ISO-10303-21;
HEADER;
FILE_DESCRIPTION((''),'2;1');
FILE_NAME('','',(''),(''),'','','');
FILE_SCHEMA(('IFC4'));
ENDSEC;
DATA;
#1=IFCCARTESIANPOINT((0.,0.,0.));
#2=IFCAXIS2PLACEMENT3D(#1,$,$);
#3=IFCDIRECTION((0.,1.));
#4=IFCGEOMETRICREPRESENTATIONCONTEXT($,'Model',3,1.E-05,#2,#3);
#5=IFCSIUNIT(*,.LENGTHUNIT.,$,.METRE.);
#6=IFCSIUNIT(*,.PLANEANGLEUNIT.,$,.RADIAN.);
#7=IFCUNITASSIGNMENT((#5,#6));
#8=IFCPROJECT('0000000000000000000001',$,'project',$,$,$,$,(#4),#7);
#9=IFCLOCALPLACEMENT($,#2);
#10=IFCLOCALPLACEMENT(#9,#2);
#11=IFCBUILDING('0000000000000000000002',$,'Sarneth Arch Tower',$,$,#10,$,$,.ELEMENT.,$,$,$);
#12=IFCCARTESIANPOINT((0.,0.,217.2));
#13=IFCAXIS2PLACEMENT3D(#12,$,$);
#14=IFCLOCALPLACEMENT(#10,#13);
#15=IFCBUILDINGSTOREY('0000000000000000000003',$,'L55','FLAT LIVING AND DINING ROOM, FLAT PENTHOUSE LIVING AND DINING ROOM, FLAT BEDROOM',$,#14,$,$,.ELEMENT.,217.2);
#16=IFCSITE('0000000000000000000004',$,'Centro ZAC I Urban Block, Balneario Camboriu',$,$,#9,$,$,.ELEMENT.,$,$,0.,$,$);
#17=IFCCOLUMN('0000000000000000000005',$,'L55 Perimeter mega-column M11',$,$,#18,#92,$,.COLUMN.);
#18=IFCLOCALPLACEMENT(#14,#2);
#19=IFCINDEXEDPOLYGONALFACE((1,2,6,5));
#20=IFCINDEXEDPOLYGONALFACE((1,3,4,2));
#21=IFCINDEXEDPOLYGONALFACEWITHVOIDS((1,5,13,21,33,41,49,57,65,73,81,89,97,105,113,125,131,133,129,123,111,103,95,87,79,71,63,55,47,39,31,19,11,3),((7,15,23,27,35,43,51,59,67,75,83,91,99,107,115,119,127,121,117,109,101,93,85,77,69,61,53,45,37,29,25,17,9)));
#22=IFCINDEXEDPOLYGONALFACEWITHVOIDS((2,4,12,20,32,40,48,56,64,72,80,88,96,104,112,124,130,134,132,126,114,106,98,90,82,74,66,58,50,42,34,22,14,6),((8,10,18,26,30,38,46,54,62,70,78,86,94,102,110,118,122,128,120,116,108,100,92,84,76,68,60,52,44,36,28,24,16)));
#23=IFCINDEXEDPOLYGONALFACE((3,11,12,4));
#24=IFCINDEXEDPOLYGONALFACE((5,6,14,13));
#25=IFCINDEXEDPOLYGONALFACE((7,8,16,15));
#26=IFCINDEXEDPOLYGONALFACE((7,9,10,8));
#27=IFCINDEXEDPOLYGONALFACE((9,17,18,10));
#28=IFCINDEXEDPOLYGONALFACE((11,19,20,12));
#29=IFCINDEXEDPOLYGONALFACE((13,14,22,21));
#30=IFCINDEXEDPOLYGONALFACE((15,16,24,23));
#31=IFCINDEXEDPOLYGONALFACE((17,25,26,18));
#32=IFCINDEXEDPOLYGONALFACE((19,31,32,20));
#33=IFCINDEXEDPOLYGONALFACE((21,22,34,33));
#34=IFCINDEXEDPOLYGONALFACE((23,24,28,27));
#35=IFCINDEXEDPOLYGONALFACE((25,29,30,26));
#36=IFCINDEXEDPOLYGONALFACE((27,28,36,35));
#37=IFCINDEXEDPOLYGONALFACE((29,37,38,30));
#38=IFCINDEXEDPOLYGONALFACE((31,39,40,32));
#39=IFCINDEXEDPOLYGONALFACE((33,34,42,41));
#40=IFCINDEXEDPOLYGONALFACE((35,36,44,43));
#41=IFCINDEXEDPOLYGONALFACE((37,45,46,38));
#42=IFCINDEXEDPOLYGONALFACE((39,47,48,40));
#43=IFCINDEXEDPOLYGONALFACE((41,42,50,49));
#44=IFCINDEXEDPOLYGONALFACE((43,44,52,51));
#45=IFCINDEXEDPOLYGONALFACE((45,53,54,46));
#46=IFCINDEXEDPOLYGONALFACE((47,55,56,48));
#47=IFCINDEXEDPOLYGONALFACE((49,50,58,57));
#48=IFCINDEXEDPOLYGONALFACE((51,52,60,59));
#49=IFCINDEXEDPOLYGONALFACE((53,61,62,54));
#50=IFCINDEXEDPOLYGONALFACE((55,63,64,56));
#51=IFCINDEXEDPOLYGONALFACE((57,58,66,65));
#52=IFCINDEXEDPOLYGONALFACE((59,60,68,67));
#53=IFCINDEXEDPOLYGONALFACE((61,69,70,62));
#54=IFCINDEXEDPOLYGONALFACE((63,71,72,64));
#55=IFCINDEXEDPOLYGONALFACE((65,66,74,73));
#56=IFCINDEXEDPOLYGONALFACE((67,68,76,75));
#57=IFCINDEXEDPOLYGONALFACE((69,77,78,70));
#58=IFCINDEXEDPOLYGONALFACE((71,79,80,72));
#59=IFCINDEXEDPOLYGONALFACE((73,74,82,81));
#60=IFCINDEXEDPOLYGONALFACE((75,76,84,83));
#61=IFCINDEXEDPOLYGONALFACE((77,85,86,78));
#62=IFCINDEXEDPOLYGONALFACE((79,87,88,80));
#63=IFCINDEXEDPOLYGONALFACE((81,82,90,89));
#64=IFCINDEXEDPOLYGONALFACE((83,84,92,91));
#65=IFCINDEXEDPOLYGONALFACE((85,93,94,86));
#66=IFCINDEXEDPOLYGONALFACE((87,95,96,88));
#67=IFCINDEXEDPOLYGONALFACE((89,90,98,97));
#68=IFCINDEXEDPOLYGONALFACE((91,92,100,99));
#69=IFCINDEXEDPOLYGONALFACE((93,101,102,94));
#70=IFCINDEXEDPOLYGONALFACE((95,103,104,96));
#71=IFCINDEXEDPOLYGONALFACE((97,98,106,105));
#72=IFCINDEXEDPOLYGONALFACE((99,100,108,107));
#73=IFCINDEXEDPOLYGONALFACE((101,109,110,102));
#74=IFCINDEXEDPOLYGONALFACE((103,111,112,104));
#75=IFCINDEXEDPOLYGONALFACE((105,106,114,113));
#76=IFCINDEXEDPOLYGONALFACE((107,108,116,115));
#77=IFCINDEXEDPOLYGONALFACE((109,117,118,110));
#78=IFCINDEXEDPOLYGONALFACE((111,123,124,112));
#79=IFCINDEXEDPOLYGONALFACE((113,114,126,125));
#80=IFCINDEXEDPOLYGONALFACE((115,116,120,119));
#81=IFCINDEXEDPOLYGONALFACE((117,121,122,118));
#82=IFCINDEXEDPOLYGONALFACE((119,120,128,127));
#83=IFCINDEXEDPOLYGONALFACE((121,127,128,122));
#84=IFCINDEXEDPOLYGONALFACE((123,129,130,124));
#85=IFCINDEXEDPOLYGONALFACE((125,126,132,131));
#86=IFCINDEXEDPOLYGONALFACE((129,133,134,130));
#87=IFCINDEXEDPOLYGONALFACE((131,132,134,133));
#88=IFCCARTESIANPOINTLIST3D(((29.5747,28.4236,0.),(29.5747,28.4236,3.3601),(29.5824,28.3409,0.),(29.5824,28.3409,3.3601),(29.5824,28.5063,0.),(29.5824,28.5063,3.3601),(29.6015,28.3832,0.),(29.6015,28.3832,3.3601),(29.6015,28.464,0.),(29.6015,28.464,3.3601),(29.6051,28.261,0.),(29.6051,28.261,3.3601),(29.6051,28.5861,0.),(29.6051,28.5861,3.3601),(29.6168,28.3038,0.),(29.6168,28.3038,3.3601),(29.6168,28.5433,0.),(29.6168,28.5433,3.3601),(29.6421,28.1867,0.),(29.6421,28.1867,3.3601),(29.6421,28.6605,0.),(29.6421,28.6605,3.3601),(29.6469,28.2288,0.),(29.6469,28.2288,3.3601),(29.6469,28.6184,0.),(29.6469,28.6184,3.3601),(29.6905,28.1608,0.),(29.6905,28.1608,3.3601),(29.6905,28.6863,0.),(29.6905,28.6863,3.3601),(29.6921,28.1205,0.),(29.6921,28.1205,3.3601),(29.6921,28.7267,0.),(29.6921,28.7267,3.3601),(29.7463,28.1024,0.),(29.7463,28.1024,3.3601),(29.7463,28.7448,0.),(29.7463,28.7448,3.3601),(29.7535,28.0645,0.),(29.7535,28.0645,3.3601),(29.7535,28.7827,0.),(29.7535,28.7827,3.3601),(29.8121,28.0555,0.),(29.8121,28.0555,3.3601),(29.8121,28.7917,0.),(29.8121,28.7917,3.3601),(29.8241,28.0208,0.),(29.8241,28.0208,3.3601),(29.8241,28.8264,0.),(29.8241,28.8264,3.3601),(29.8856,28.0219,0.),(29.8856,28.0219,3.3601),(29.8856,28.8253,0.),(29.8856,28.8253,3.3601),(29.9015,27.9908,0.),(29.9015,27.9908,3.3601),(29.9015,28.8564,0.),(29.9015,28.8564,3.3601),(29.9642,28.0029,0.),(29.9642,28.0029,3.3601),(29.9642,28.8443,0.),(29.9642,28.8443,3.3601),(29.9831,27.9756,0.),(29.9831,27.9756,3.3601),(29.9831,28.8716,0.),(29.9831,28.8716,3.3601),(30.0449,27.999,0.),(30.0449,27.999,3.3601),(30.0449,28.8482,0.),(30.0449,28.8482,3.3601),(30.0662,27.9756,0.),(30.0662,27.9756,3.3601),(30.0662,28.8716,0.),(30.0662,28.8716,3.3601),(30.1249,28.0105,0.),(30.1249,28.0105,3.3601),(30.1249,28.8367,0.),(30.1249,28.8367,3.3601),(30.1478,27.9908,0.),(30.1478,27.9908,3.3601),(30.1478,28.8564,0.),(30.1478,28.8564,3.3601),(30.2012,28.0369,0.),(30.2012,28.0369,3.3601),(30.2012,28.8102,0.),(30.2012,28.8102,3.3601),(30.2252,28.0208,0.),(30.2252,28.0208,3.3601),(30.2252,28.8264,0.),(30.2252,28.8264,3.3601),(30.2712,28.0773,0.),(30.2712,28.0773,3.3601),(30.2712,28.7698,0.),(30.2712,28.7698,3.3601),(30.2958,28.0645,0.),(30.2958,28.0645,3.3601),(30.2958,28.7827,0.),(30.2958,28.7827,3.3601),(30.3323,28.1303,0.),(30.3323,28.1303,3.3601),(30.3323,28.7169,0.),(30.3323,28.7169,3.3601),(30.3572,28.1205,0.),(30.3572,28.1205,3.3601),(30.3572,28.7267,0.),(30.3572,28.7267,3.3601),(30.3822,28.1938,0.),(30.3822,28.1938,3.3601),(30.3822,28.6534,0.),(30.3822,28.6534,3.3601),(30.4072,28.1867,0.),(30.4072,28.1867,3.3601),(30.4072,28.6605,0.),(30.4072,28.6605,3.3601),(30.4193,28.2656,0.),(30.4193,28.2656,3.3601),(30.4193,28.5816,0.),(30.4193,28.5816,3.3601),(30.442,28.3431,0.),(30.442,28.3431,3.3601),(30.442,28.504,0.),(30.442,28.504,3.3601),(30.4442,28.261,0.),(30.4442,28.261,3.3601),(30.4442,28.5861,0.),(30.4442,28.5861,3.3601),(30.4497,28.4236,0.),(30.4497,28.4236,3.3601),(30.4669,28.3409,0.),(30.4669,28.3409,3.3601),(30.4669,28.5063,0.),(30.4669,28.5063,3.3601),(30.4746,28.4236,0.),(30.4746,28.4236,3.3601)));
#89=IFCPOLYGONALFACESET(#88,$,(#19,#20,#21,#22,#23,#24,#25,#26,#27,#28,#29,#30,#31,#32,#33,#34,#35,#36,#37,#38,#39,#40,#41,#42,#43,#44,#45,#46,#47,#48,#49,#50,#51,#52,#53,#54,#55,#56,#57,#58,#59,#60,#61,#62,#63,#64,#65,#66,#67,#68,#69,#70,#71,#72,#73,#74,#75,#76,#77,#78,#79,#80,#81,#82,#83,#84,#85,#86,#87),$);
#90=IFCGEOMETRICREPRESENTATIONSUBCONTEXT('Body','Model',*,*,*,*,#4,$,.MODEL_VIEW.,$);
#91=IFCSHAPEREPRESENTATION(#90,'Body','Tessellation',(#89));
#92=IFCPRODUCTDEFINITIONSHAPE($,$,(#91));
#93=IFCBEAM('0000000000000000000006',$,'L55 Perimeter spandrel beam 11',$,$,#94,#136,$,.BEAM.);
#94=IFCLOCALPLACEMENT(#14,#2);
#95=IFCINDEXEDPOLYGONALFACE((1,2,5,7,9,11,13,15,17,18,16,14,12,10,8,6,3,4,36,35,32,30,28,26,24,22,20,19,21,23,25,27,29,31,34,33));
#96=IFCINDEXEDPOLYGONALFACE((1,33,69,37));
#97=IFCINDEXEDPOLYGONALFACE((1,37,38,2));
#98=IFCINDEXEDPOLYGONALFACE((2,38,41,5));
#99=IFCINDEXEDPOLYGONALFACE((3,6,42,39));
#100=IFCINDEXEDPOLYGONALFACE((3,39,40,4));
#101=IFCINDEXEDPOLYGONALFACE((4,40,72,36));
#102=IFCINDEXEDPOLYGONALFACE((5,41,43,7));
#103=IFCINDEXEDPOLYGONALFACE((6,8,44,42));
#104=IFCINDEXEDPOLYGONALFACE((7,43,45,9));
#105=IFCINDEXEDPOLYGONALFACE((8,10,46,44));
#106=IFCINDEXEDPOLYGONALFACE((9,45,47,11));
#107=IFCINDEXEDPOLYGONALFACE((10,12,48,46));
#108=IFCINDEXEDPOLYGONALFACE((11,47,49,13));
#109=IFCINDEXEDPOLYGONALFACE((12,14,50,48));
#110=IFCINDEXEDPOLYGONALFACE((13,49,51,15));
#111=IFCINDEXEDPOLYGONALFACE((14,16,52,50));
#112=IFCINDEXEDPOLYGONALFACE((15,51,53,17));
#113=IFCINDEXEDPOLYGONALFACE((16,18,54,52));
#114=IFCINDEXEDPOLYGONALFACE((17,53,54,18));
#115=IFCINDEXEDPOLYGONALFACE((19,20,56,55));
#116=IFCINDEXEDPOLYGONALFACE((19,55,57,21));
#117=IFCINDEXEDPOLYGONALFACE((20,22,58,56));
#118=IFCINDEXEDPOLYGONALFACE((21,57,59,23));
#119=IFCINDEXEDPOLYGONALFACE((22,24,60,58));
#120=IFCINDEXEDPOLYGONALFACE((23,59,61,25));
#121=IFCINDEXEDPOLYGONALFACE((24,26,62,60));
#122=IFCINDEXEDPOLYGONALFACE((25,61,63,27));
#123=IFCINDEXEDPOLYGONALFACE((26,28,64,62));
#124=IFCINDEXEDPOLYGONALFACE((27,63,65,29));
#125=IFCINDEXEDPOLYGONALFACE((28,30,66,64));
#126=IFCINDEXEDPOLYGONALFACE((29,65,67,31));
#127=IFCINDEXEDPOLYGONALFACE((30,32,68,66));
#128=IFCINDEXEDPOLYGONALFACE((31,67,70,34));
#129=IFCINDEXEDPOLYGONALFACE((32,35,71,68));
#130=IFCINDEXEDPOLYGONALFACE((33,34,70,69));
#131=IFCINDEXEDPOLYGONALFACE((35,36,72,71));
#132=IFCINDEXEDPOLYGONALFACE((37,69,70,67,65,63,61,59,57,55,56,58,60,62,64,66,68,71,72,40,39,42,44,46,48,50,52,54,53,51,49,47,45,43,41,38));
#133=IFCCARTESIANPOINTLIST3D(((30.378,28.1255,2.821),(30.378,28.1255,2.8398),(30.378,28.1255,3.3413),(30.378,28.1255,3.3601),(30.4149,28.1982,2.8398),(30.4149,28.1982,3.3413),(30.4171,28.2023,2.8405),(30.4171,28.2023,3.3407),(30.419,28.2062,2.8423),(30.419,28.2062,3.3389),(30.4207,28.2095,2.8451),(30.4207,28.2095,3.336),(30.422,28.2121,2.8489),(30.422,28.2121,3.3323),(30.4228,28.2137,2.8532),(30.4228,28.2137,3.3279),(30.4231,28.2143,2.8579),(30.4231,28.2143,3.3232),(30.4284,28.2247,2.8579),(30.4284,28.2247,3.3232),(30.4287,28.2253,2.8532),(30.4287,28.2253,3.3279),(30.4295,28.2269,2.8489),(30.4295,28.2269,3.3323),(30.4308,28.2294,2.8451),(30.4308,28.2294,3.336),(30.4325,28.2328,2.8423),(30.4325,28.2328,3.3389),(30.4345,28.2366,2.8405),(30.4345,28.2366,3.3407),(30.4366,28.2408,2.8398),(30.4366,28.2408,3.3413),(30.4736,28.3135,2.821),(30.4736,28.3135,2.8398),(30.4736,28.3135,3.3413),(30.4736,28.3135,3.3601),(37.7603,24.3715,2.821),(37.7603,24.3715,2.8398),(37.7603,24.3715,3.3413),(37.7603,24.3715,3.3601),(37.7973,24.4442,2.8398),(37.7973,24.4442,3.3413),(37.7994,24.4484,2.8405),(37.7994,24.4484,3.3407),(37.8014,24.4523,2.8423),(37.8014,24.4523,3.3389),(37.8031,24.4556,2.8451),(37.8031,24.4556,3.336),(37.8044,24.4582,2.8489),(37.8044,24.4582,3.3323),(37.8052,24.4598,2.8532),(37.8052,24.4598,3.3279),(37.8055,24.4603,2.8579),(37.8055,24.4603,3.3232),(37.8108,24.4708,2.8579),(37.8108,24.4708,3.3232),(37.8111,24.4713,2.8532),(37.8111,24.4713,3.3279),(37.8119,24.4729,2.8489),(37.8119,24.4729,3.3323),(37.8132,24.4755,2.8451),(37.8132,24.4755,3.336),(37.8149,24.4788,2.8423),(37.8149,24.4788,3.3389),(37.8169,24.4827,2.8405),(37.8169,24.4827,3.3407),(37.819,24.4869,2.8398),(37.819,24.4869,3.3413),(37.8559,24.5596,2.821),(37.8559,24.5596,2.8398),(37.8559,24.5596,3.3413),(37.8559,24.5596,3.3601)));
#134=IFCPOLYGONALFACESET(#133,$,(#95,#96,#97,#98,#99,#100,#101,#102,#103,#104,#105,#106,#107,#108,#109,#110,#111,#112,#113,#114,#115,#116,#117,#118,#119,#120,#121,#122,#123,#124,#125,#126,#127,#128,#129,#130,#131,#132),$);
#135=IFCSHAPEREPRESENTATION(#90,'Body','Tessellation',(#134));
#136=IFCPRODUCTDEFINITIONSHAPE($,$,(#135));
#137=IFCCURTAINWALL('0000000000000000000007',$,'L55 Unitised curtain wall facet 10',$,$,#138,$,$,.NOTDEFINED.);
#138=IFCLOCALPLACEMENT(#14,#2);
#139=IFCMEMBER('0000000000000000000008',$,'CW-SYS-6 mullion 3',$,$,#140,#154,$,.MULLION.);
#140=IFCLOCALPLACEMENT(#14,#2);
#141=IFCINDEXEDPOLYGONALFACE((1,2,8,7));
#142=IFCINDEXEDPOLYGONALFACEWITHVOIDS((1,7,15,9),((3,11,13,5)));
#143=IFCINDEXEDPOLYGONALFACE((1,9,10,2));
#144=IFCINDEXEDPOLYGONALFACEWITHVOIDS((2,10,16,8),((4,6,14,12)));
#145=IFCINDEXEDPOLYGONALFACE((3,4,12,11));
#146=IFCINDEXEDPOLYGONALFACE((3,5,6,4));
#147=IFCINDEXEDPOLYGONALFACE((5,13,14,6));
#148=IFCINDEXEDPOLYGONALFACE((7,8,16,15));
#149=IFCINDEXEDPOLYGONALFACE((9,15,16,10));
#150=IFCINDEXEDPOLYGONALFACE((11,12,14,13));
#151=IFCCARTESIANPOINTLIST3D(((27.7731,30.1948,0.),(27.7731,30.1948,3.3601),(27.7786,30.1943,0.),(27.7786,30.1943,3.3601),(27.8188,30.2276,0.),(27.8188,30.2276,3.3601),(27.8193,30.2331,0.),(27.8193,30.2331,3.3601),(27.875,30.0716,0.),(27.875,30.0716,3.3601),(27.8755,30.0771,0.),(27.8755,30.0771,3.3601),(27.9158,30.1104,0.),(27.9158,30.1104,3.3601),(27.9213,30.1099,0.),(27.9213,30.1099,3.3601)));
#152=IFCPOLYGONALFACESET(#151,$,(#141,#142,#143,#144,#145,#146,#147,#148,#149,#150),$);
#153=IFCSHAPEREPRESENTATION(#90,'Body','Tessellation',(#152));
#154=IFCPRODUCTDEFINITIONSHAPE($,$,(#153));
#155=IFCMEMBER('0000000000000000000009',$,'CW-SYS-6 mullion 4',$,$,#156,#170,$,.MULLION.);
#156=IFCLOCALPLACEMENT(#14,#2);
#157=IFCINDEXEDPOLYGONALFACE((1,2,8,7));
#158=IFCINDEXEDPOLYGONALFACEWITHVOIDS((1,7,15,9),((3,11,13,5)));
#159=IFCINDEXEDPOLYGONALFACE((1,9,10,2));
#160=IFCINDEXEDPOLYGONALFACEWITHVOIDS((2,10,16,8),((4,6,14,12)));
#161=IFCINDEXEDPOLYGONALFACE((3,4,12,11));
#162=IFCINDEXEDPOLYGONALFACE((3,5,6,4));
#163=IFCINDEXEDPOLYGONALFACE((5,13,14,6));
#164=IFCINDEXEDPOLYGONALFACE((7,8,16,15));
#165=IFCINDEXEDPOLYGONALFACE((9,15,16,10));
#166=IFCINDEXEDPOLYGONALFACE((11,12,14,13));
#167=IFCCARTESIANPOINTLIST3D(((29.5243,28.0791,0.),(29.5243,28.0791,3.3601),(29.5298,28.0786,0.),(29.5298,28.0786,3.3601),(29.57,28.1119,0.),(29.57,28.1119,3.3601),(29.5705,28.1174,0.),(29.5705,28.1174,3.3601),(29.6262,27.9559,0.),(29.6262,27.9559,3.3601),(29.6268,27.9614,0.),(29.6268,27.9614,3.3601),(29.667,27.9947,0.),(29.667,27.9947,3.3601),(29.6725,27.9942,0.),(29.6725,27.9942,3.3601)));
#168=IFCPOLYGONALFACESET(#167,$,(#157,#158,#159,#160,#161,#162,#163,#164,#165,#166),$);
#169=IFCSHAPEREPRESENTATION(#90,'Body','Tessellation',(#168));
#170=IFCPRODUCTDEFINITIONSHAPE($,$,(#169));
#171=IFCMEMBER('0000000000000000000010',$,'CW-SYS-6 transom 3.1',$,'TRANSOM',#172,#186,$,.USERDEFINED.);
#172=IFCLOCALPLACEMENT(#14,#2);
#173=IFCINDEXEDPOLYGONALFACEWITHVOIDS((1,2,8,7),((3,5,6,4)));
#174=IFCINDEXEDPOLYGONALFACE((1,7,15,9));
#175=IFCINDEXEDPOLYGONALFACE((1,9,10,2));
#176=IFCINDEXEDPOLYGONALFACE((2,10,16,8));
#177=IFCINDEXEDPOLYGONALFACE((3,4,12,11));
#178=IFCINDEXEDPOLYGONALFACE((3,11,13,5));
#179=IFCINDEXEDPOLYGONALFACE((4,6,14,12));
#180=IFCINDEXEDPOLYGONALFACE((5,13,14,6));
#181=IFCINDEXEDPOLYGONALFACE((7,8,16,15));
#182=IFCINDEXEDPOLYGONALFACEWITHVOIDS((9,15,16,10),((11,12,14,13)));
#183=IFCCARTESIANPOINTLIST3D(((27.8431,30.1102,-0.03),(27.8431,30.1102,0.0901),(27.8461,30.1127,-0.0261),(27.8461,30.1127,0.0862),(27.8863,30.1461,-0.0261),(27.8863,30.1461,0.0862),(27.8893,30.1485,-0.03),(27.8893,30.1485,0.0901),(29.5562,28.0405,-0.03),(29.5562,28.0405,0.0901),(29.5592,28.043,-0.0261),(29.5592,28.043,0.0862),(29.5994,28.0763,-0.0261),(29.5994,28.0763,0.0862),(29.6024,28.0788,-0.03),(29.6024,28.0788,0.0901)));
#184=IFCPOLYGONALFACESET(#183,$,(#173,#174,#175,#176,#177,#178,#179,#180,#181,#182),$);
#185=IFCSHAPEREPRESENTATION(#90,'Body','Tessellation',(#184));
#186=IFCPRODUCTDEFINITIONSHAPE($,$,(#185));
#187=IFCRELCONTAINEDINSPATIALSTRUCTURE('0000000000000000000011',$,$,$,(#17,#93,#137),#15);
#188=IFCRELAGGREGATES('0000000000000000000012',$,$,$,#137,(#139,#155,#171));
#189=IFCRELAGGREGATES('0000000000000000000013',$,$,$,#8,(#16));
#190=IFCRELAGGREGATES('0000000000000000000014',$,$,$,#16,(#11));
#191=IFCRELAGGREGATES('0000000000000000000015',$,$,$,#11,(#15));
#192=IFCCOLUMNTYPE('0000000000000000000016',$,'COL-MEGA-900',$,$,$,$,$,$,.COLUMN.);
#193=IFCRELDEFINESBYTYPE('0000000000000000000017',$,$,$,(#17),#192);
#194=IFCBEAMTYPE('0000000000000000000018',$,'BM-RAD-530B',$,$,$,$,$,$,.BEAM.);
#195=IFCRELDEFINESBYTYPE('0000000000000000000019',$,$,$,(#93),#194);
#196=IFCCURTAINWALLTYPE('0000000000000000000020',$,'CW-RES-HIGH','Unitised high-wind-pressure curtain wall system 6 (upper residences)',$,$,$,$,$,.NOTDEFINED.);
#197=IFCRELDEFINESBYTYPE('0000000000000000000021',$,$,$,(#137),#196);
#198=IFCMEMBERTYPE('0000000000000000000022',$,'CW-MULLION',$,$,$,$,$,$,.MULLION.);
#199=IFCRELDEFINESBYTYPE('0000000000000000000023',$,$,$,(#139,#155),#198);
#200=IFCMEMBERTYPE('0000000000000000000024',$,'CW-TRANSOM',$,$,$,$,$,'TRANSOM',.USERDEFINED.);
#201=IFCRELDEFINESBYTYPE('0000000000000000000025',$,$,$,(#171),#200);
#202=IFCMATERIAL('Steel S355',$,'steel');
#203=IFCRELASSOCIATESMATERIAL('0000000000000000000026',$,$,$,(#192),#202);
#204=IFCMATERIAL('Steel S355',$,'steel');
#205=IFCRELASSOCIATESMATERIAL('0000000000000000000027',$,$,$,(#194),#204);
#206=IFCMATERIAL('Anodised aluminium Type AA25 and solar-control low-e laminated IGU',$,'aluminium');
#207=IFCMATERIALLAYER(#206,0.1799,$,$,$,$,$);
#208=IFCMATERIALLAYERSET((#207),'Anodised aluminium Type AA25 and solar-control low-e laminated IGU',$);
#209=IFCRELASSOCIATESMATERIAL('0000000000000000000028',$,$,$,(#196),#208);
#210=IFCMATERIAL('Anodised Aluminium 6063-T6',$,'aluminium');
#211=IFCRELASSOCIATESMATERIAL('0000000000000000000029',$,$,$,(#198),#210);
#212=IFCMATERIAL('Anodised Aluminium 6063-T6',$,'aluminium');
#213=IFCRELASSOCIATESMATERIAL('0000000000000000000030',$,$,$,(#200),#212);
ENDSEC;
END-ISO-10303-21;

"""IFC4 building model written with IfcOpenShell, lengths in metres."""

from ifc_helpers import new_model, si_unit, direction, frame, origin, origin_2d, place, context, subcontext, project, spatial, hollow_rectangle, hollow_circle, i_section, extrude, material, layer, layer_set, material_profile, profile_set, type_object, element, aggregate, save


model = new_model("IFC4")

# Units and contexts
model_context = context("Model", 3, precision=1e-05, world=origin(), true_north=direction((0.0, 1.0)))
body_context = subcontext(model_context, "Body", "Model", "MODEL_VIEW")
ifc_project = project(units=[si_unit("LENGTHUNIT", "METRE"), si_unit("PLANEANGLEUNIT", "RADIAN")], contexts=[model_context])

# Site, building, storey
site_placement = place(None, origin())
site = spatial("IfcSite", under=ifc_project, at=site_placement, Name="Centro ZAC I Urban Block, Balneario Camboriu", CompositionType="ELEMENT", RefElevation=0.0)
building_placement = place(site_placement, origin())
building = spatial("IfcBuilding", under=site, at=building_placement, Name="Sarneth Arch Tower", CompositionType="ELEMENT")
storey_placement = place(building_placement, frame((0.0, 0.0, 217.2)))
storey = spatial("IfcBuildingStorey", under=building, at=storey_placement, Name="L55", Description="FLAT LIVING AND DINING ROOM, FLAT PENTHOUSE LIVING AND DINING ROOM, FLAT BEDROOM", CompositionType="ELEMENT", Elevation=217.2)

# Column
ifc_material_1 = material(Name="Steel S355", Category="steel")
ifc_material_profile_1 = material_profile(ifc_material_1, hollow_circle(Radius=0.45, WallThickness=0.0249, at=origin_2d()), Name="CHS900x25")
ifc_profile_set_1 = profile_set([ifc_material_profile_1], Name="Steel S355")
column_type = type_object("IfcColumnType", Name="COL-MEGA-900", PredefinedType="COLUMN", material=ifc_profile_set_1)
column_placement = place(storey_placement, frame((30.0247, 28.4236, 0.0), z_axis=(0.0, 0.0, 1.0), x_axis=(1.0, 0.0, 0.0)))
element("IfcColumn", 1, at=column_placement, inside=storey, type_object=column_type, Name="L55 Perimeter mega-column M11", PredefinedType="COLUMN", context=body_context, shape_type="SweptSolid", body=[
    extrude(hollow_circle(Radius=0.45, WallThickness=0.0249, at=origin_2d()), origin(), (0.0, 0.0, 1.0), 3.3601),
])

# Beam
ifc_material_2 = material(Name="Steel S355", Category="steel")
ifc_material_profile_2 = material_profile(ifc_material_2, i_section(OverallWidth=0.2109, OverallDepth=0.5391, WebThickness=0.0117, FlangeThickness=0.0188, FilletRadius=0.0181, at=origin_2d()), Name="W530x109")
ifc_profile_set_2 = profile_set([ifc_material_profile_2], Name="Steel S355")
beam_type = type_object("IfcBeamType", Name="BM-RAD-530B", PredefinedType="BEAM", material=ifc_profile_set_2)
beam_placement = place(storey_placement, frame((30.4258, 28.2195, 3.0906), z_axis=(0.891376, -0.453264, 0.0), x_axis=(0.453264, 0.891376, 0.0)))
element("IfcBeam", 2, at=beam_placement, inside=storey, type_object=beam_type, Name="L55 Perimeter spandrel beam 11", PredefinedType="BEAM", context=body_context, shape_type="SweptSolid", body=[
    extrude(i_section(OverallWidth=0.2109, OverallDepth=0.5391, WebThickness=0.0117, FlangeThickness=0.0188, FilletRadius=0.0181, at=origin_2d()), origin(), (0.0, 0.0, 1.0), 8.282),
])

# Curtain wall, members
ifc_material_3 = material(Name="Anodised aluminium Type AA25 and solar-control low-e laminated IGU", Category="aluminium")
ifc_layer_1 = layer(ifc_material_3, 0.1799)
ifc_layer_set_1 = layer_set([ifc_layer_1], Name="Anodised aluminium Type AA25 and solar-control low-e laminated IGU")
curtain_wall_type = type_object("IfcCurtainWallType", Name="CW-RES-HIGH", Description="Unitised high-wind-pressure curtain wall system 6 (upper residences)", PredefinedType="NOTDEFINED", material=ifc_layer_set_1)
curtain_wall_placement = place(storey_placement, origin())
curtain_wall = element("IfcCurtainWall", 3, at=curtain_wall_placement, inside=storey, type_object=curtain_wall_type, Name="L55 Unitised curtain wall facet 10", PredefinedType="NOTDEFINED")
ifc_material_4 = material(Name="Anodised Aluminium 6063-T6", Category="aluminium")
ifc_material_profile_3 = material_profile(ifc_material_4, hollow_rectangle(XDim=0.0601, YDim=0.1599, WallThickness=0.0039, at=origin_2d()), Name="AL-MULL-160x60x4")
ifc_profile_set_3 = profile_set([ifc_material_profile_3], Name="Anodised Aluminium 6063-T6")
member_type_1 = type_object("IfcMemberType", Name="CW-MULLION", PredefinedType="MULLION", material=ifc_profile_set_3)
member_1_placement = place(storey_placement, frame((27.8472, 30.1523, 0.0), z_axis=(0.0, 0.0, 1.0), x_axis=(0.770359, 0.63761, 0.0)))
member_1 = element("IfcMember", 4, at=member_1_placement, type_object=member_type_1, Name="CW-SYS-6 mullion 3", PredefinedType="MULLION", context=body_context, shape_type="SweptSolid", body=[
    extrude(hollow_rectangle(XDim=0.0601, YDim=0.1599, WallThickness=0.0039, at=origin_2d()), origin(), (0.0, 0.0, 1.0), 3.3601),
])
member_2_placement = place(storey_placement, frame((29.5984, 28.0366, 0.0), z_axis=(0.0, 0.0, 1.0), x_axis=(0.770359, 0.63761, 0.0)))
member_2 = element("IfcMember", 5, at=member_2_placement, type_object=member_type_1, Name="CW-SYS-6 mullion 4", PredefinedType="MULLION", context=body_context, shape_type="SweptSolid", body=[
    extrude(hollow_rectangle(XDim=0.0601, YDim=0.1599, WallThickness=0.0039, at=origin_2d()), origin(), (0.0, 0.0, 1.0), 3.3601),
])
ifc_material_5 = material(Name="Anodised Aluminium 6063-T6", Category="aluminium")
ifc_material_profile_4 = material_profile(ifc_material_5, hollow_rectangle(XDim=0.0601, YDim=0.1201, WallThickness=0.0039, at=origin_2d()), Name="AL-TRAN-120x60x4")
ifc_profile_set_4 = profile_set([ifc_material_profile_4], Name="Anodised Aluminium 6063-T6")
member_type_2 = type_object("IfcMemberType", Name="CW-TRANSOM", ElementType="TRANSOM", PredefinedType="USERDEFINED", material=ifc_profile_set_4)
member_3_placement = place(storey_placement, frame((27.8662, 30.1294, 0.03), z_axis=(0.637607, -0.770362, 0.0), x_axis=(0.770362, 0.637607, 0.0)))
member_3 = element("IfcMember", 6, at=member_3_placement, type_object=member_type_2, Name="CW-SYS-6 transom 3.1", ObjectType="TRANSOM", PredefinedType="USERDEFINED", context=body_context, shape_type="SweptSolid", body=[
    extrude(hollow_rectangle(XDim=0.0601, YDim=0.1201, WallThickness=0.0039, at=origin_2d()), origin(), (0.0, 0.0, 1.0), 2.6868),
])

aggregate(curtain_wall, [member_1, member_2, member_3])

save(model, "model.ifc")
